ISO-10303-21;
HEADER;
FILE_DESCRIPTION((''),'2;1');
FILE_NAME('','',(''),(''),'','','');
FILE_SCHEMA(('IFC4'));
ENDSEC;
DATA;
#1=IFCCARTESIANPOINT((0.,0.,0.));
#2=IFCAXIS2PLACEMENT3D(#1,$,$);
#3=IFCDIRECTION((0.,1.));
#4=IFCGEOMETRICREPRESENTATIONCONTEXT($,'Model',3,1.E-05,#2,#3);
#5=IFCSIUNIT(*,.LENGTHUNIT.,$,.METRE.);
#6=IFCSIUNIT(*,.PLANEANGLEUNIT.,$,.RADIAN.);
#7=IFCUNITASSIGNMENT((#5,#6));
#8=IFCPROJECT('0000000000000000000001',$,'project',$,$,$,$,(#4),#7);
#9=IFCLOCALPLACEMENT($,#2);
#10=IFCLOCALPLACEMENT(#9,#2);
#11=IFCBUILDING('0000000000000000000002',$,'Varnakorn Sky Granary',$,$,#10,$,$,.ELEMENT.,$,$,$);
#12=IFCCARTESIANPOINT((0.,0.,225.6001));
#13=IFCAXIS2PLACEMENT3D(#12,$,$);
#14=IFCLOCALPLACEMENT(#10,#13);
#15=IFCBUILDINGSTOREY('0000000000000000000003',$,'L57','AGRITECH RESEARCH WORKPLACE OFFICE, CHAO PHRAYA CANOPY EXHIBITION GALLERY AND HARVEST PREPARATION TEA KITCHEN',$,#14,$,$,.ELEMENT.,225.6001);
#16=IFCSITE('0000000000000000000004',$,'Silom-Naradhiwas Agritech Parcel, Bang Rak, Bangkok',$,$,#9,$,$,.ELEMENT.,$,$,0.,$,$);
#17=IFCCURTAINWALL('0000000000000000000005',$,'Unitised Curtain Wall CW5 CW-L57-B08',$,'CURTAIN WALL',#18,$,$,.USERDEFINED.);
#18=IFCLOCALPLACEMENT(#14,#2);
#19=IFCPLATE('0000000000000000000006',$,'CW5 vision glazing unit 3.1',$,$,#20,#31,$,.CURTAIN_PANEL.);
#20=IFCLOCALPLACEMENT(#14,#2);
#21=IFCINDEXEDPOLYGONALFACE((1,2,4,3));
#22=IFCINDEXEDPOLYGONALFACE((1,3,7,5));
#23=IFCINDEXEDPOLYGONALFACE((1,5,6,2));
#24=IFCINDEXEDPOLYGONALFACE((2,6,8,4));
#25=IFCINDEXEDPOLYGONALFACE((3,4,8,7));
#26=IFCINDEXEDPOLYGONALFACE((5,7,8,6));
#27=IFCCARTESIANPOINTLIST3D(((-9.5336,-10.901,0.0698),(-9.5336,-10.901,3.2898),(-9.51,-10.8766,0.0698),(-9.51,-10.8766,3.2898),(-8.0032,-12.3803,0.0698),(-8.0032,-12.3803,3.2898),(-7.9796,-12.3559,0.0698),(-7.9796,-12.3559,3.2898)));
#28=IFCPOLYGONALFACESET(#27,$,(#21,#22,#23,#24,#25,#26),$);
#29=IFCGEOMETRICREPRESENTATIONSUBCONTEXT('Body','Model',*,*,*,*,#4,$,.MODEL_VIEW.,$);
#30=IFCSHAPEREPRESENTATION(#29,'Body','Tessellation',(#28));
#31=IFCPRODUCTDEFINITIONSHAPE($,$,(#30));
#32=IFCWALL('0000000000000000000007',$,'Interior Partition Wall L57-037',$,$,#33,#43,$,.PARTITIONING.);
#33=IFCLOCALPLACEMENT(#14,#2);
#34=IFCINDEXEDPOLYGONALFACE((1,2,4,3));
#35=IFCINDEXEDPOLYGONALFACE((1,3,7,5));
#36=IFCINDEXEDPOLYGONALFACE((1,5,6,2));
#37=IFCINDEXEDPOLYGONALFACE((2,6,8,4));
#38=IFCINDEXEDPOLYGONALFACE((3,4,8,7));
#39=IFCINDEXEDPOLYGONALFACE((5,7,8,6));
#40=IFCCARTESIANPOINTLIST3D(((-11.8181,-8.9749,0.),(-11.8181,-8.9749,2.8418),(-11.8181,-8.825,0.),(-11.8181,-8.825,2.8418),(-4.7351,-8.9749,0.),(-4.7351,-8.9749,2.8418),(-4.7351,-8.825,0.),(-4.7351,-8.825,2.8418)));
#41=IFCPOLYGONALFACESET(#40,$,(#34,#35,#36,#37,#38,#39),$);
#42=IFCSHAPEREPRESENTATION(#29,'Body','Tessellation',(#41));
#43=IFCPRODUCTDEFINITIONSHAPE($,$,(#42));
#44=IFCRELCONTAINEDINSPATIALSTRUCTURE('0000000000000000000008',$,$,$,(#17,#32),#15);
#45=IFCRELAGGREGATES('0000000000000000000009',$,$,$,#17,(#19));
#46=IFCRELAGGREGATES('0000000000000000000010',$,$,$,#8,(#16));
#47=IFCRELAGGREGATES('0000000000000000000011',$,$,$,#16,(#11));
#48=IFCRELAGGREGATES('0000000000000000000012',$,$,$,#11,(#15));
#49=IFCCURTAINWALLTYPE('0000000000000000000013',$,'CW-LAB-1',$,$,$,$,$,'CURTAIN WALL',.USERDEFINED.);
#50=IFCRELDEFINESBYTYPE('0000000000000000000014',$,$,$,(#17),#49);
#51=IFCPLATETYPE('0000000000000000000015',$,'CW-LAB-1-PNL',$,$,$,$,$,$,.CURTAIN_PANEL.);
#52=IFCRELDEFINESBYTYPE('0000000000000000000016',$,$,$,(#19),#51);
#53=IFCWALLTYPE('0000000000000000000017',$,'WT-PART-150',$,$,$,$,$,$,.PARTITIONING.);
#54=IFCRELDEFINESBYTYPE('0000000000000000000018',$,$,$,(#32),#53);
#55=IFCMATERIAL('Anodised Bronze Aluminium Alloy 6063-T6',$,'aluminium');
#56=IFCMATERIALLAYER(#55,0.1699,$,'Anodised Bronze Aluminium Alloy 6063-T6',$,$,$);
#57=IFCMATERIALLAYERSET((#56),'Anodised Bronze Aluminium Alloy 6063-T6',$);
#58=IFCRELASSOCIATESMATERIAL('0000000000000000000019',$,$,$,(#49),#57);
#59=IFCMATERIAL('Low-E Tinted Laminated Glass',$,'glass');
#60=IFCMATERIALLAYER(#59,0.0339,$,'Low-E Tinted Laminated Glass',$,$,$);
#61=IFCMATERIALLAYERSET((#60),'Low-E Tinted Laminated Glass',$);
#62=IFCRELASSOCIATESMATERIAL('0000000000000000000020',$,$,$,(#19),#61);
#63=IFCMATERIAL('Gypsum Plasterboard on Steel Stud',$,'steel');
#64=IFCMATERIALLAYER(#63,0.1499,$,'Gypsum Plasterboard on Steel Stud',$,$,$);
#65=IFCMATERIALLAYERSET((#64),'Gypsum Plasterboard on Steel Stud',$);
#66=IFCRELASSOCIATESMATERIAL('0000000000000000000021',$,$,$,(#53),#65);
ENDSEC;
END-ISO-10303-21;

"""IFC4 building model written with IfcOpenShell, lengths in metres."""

from ifc_helpers import new_model, si_unit, direction, frame, frame_2d, origin, origin_2d, place, context, subcontext, project, spatial, rectangle, extrude, source, transform, mapped, material, layer, layer_set, type_object, element, aggregate, save


model = new_model("IFC4")

# Units and contexts
model_context = context("Model", 3, precision=1e-05, world=origin(), true_north=direction((0.0, 1.0)))
body_context = subcontext(model_context, "Body", "Model", "MODEL_VIEW")
ifc_project = project(units=[si_unit("LENGTHUNIT", "METRE"), si_unit("PLANEANGLEUNIT", "RADIAN")], contexts=[model_context])

# Site, building, storey
site_placement = place(None, origin())
site = spatial("IfcSite", under=ifc_project, at=site_placement, Name="Silom-Naradhiwas Agritech Parcel, Bang Rak, Bangkok", CompositionType="ELEMENT", RefElevation=0.0)
building_placement = place(site_placement, origin())
building = spatial("IfcBuilding", under=site, at=building_placement, Name="Varnakorn Sky Granary", CompositionType="ELEMENT")
storey_placement = place(building_placement, frame((0.0, 0.0, 225.6001)))
storey = spatial("IfcBuildingStorey", under=building, at=storey_placement, Name="L57", Description="AGRITECH RESEARCH WORKPLACE OFFICE, CHAO PHRAYA CANOPY EXHIBITION GALLERY AND HARVEST PREPARATION TEA KITCHEN", CompositionType="ELEMENT", Elevation=225.6001)

# Shared definitions
ifc_material_1 = material(Name="Anodised Bronze Aluminium Alloy 6063-T6", Category="aluminium")
ifc_layer_1 = layer(ifc_material_1, 0.1699, Name="Anodised Bronze Aluminium Alloy 6063-T6")
ifc_layer_set_1 = layer_set([ifc_layer_1], Name="Anodised Bronze Aluminium Alloy 6063-T6")
curtain_wall_type = type_object("IfcCurtainWallType", Name="CW-LAB-1", ElementType="CURTAIN WALL", PredefinedType="USERDEFINED", material=ifc_layer_set_1)

# Curtain wall
curtain_wall_1_placement = place(storey_placement, origin())
curtain_wall_1 = element("IfcCurtainWall", 1, at=curtain_wall_1_placement, inside=storey, type_object=curtain_wall_type, Name="Unitised Curtain Wall CW5 CW-L57-B08", ObjectType="CURTAIN WALL", PredefinedType="USERDEFINED")

# Plate
ifc_material_2 = material(Name="Low-E Tinted Laminated Glass", Category="glass")
ifc_layer_2 = layer(ifc_material_2, 0.0339, Name="Low-E Tinted Laminated Glass")
ifc_layer_set_2 = layer_set([ifc_layer_2], Name="Low-E Tinted Laminated Glass")
plate_type = type_object("IfcPlateType", Name="CW-LAB-1-PNL", PredefinedType="CURTAIN_PANEL")
shared_shape_1 = source(origin(), body_context, "Body", "SweptSolid", [
    extrude(rectangle(XDim=2.1284, YDim=0.0339, at=origin_2d()), origin(), (0.0, 0.0, 1.0), 3.22),
])
plate_1_placement = place(storey_placement, frame((-8.7566, -11.6284, 0.0698), z_axis=(0.0, 0.0, 1.0), x_axis=(-0.719001, 0.695009, 0.0)))
plate_1 = element("IfcPlate", 2, at=plate_1_placement, type_object=plate_type, material=ifc_layer_set_2, Name="CW5 vision glazing unit 3.1", PredefinedType="CURTAIN_PANEL", context=body_context, shape_type="MappedRepresentation", body=[
    mapped(shared_shape_1, transform((0.0, 0.0, 0.0), x_axis=(1.0, 0.0, 0.0), y_axis=(0.0, 1.0, 0.0), z_axis=(0.0, 0.0, 1.0), scale=1.0)),
])
aggregate(curtain_wall_1, [plate_1])

# Wall
ifc_material_3 = material(Name="Gypsum Plasterboard on Steel Stud", Category="steel")
ifc_layer_3 = layer(ifc_material_3, 0.1499, Name="Gypsum Plasterboard on Steel Stud")
ifc_layer_set_3 = layer_set([ifc_layer_3], Name="Gypsum Plasterboard on Steel Stud")
wall_type = type_object("IfcWallType", Name="WT-PART-150", PredefinedType="PARTITIONING", material=ifc_layer_set_3)
wall_placement = place(storey_placement, frame((-11.8181, -8.8999, 0.0), z_axis=(0.0, 0.0, 1.0), x_axis=(1.0, 0.0, 0.0)))
element("IfcWall", 3, at=wall_placement, inside=storey, type_object=wall_type, Name="Interior Partition Wall L57-037", PredefinedType="PARTITIONING", context=body_context, shape_type="SweptSolid", body=[
    extrude(rectangle(XDim=7.083, YDim=0.1499, at=frame_2d((3.5415, 0.0))), origin(), (0.0, 0.0, 1.0), 2.8418),
])

save(model, "model.ifc")
